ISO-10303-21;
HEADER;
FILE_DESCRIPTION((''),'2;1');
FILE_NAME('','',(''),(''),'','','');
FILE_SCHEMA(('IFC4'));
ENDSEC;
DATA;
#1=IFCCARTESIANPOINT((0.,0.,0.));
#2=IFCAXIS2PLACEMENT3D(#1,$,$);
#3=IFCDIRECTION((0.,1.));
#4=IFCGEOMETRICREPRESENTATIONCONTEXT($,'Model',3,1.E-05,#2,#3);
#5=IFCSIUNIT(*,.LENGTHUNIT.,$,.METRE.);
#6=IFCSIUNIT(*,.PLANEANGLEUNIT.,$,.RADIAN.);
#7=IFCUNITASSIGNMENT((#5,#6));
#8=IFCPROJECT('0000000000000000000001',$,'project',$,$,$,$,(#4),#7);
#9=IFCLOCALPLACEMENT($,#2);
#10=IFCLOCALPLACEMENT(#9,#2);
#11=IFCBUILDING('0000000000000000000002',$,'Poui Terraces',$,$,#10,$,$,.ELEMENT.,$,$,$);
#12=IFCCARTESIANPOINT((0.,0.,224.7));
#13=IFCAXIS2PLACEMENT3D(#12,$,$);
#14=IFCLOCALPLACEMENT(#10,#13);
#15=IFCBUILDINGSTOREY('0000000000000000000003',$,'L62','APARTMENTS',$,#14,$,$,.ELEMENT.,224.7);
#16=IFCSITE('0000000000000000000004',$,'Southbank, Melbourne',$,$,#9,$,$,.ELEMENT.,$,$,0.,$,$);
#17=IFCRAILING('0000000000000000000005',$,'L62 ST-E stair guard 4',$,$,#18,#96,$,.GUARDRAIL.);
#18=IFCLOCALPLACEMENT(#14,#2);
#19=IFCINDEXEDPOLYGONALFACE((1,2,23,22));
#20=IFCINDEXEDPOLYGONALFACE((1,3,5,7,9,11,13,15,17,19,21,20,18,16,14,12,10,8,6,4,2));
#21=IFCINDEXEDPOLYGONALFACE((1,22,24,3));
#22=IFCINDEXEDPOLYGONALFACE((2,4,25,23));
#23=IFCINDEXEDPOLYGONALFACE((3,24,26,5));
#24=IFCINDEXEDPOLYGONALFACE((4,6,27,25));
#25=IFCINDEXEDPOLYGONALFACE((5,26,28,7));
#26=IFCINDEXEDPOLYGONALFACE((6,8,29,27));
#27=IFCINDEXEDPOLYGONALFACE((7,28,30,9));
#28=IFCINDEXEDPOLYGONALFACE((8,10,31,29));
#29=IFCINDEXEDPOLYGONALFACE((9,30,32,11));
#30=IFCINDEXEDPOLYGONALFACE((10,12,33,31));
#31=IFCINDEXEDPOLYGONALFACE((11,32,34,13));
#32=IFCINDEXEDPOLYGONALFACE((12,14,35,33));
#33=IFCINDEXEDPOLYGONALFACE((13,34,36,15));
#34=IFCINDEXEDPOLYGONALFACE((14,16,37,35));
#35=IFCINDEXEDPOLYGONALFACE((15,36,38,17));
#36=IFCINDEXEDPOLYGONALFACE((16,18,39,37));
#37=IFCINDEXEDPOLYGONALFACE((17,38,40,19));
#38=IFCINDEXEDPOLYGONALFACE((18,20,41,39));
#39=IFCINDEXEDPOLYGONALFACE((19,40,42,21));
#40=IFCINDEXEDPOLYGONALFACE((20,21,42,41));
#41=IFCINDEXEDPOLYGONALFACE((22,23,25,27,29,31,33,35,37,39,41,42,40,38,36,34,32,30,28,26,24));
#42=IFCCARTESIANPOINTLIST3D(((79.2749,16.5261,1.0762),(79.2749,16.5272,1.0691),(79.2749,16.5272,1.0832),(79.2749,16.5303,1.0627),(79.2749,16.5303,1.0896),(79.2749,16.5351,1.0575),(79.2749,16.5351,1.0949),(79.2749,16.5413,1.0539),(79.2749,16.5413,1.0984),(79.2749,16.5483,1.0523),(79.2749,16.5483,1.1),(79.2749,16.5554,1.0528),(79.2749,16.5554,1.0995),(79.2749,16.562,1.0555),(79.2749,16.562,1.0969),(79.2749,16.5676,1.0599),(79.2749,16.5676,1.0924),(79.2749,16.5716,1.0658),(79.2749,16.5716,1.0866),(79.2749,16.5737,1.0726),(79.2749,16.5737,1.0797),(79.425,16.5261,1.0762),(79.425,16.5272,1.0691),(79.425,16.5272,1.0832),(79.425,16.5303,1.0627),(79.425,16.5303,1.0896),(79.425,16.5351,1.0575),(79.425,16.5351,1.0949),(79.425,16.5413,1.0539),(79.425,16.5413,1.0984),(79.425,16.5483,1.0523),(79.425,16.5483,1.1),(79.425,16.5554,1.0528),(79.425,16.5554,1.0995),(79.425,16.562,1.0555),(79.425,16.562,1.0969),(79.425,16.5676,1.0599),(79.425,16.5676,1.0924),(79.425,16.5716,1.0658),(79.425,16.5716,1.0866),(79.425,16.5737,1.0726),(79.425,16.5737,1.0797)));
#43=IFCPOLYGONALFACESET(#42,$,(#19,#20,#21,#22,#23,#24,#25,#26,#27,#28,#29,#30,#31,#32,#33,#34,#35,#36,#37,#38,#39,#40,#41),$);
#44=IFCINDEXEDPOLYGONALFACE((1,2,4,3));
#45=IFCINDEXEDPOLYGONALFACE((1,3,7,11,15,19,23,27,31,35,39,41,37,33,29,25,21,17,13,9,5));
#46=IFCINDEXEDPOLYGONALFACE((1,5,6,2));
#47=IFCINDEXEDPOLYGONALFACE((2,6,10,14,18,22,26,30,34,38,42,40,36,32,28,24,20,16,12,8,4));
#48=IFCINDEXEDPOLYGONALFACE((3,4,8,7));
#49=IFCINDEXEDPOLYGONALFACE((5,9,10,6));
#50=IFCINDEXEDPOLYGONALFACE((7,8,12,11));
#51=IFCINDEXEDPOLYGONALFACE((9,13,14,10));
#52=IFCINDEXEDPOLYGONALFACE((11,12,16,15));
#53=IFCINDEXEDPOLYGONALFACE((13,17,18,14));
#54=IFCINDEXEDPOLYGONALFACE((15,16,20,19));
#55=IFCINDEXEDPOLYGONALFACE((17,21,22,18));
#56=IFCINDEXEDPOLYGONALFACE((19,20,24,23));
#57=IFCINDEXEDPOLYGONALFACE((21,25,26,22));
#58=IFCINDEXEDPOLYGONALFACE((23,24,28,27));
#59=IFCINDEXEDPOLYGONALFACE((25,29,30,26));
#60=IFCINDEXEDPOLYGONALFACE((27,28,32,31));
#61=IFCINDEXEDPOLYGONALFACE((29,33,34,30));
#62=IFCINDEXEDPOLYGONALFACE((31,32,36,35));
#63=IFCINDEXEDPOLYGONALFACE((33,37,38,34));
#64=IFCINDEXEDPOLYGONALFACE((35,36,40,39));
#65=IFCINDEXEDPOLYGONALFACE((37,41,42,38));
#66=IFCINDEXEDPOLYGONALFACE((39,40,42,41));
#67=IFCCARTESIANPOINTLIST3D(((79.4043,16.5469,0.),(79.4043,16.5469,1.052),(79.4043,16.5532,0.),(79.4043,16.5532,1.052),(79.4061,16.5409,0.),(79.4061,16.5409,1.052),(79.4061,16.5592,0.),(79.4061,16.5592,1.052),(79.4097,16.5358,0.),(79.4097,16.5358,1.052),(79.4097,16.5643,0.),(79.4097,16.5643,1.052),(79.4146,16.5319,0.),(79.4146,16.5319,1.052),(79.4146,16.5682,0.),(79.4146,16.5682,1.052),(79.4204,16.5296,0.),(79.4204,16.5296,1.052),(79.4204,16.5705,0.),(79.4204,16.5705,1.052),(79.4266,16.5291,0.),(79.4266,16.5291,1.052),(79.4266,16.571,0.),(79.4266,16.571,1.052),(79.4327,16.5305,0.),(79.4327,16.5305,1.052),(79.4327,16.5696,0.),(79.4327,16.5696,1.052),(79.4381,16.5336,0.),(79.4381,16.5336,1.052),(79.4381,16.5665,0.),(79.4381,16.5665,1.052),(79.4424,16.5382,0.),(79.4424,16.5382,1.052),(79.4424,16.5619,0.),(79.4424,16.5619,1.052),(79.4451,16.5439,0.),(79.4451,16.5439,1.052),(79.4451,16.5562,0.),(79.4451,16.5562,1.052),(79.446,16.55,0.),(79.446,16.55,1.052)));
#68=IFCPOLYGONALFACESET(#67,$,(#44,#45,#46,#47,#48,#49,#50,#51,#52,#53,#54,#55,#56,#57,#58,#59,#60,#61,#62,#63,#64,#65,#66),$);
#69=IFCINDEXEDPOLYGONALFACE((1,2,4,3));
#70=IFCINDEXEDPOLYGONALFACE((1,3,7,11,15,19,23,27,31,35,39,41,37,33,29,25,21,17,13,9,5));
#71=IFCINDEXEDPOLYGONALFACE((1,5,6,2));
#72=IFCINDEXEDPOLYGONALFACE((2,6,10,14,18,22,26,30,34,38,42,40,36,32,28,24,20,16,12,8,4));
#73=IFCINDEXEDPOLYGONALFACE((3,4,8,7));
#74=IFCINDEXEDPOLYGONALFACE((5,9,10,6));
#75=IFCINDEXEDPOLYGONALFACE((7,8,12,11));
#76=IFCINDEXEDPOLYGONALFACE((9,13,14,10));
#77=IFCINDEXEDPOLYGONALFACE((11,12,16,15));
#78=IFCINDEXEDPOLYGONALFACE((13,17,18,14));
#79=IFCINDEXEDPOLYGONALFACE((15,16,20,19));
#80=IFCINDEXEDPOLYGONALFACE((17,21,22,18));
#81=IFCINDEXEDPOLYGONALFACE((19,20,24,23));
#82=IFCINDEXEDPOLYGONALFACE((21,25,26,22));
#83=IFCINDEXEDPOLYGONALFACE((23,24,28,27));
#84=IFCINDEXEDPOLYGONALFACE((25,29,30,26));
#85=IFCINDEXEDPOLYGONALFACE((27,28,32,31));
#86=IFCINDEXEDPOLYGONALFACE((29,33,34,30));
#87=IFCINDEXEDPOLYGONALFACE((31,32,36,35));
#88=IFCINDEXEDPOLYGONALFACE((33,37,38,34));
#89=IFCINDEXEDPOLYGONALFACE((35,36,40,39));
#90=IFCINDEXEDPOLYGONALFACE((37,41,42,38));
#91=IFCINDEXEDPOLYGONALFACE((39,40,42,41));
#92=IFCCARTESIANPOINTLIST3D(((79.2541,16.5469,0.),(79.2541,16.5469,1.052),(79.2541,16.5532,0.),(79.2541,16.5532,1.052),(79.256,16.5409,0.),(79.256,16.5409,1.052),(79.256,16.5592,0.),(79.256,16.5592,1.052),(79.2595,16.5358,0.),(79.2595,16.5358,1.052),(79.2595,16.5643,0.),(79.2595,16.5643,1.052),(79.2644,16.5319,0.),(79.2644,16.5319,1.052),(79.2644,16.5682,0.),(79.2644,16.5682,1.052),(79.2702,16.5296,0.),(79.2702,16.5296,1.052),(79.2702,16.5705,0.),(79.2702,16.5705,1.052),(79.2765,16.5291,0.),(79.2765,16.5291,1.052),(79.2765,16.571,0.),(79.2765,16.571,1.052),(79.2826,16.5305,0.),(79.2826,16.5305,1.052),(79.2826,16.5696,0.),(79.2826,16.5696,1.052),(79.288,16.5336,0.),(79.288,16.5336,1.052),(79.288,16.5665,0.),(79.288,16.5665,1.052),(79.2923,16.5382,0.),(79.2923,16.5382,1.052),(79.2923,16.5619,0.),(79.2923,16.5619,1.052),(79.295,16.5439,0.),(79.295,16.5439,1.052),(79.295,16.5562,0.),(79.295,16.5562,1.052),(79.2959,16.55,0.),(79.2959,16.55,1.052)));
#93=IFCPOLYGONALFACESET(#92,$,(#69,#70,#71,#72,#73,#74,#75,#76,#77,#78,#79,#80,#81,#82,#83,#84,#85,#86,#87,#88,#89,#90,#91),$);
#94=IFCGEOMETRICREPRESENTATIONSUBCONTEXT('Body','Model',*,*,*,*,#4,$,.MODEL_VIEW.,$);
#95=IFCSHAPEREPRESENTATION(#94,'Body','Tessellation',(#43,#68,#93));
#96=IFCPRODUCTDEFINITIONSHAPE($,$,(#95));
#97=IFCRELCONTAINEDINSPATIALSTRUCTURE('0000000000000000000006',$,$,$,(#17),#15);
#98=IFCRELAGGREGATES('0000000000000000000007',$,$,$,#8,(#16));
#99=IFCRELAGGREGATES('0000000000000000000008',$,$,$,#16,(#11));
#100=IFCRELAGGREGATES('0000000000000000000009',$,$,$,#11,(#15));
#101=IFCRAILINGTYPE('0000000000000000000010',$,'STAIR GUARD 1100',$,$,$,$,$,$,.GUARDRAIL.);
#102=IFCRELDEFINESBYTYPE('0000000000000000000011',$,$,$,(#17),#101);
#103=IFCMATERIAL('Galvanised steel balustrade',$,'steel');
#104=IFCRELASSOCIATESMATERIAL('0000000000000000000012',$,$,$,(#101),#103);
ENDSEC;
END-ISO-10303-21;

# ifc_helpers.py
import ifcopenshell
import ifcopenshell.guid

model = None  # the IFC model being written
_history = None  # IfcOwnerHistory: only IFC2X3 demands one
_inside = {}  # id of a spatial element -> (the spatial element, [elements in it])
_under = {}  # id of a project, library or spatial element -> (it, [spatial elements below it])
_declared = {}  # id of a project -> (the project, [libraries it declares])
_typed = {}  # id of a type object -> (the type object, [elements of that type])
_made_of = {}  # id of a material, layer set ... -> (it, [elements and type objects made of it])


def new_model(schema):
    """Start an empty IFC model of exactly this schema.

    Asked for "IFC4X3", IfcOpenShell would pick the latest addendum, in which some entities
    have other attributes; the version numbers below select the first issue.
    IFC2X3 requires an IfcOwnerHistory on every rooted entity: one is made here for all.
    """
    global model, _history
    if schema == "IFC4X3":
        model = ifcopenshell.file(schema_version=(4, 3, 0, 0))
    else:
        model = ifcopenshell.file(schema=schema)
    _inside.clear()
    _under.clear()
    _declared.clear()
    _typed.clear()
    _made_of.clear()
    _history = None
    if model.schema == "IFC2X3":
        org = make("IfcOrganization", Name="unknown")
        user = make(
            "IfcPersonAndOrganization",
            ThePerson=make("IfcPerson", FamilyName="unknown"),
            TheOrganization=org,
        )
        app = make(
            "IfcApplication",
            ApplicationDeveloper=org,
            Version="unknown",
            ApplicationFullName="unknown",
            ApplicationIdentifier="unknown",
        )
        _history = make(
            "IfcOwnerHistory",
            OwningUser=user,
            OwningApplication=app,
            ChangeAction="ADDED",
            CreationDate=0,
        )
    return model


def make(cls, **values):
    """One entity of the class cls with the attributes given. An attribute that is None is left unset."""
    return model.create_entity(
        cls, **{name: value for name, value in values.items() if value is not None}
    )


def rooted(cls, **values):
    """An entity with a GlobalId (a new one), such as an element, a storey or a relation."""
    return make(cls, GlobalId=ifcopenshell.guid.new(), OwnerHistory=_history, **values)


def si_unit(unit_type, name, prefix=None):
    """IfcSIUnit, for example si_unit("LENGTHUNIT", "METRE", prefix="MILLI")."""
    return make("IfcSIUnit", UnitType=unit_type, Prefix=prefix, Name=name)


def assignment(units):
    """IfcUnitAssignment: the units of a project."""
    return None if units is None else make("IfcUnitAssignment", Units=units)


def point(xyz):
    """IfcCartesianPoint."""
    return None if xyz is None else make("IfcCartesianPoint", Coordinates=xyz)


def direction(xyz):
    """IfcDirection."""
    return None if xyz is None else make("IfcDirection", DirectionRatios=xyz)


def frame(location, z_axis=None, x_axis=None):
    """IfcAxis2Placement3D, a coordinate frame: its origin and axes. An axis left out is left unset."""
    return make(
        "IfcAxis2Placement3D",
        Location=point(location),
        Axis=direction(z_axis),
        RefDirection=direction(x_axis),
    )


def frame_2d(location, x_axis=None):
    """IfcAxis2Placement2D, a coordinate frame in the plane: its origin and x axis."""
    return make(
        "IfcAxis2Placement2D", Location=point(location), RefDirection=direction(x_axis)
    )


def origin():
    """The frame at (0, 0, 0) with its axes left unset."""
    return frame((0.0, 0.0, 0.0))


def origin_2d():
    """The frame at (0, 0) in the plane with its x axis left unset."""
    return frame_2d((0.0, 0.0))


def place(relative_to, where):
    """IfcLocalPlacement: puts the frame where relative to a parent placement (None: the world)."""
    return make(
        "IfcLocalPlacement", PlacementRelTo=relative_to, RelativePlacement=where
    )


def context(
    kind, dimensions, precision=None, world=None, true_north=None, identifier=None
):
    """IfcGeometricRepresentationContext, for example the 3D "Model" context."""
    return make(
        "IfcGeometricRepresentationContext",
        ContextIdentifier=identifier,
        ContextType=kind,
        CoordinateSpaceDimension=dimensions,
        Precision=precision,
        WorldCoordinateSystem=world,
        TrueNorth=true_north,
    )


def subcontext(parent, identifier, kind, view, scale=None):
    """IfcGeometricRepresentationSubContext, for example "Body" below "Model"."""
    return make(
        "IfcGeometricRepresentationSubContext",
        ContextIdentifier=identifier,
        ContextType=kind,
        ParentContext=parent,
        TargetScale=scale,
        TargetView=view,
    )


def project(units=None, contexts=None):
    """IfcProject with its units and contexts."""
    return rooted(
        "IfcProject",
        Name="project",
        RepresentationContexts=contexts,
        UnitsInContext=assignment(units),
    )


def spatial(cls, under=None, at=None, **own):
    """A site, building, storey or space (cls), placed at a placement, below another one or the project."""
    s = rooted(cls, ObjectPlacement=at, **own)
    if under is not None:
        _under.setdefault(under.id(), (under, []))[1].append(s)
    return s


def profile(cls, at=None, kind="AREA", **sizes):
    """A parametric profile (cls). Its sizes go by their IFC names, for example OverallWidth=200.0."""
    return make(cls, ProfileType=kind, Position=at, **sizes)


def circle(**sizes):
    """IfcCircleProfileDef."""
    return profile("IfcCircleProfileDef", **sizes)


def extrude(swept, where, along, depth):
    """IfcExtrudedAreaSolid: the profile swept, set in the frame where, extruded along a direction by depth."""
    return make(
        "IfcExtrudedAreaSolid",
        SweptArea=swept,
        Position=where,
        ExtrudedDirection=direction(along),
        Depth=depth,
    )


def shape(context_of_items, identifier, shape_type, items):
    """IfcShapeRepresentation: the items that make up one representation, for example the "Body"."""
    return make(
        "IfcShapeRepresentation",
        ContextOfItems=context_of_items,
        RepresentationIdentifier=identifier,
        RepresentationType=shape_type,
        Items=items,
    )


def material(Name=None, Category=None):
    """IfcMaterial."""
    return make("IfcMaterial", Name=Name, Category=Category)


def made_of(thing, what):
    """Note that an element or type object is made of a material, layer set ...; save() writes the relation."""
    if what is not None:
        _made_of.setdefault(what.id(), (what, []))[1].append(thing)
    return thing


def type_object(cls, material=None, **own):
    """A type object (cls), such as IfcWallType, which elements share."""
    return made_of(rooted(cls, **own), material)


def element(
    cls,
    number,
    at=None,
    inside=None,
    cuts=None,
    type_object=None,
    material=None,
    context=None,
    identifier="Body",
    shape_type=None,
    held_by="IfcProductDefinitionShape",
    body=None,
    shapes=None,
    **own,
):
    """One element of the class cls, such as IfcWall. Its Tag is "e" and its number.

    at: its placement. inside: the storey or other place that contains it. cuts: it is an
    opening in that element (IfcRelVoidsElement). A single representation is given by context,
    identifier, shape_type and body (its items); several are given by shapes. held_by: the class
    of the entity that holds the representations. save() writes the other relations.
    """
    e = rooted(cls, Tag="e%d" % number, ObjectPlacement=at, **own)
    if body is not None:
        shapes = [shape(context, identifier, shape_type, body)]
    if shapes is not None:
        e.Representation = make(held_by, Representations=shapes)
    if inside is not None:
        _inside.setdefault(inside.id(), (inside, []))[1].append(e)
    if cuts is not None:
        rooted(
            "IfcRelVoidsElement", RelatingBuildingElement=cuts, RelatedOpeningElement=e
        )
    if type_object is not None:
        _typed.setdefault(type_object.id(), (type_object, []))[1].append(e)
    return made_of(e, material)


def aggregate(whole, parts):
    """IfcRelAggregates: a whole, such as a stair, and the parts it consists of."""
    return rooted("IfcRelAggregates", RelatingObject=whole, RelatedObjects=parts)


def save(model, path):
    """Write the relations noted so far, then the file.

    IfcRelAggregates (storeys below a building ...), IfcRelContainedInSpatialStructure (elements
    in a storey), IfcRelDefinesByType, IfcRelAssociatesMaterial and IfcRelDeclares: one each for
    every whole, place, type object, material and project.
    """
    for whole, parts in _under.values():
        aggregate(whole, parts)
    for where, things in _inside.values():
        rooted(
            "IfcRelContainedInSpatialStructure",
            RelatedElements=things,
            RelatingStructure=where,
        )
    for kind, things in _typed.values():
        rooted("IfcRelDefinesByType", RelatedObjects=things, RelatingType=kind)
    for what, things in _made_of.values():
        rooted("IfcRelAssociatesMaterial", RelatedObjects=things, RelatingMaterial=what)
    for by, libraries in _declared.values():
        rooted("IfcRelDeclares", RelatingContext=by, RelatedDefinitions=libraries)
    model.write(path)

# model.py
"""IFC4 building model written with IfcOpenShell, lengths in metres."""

from ifc_helpers import new_model, si_unit, direction, frame, origin, origin_2d, place, context, subcontext, project, spatial, circle, extrude, material, type_object, element, save


model = new_model("IFC4")

# Units and contexts
model_context = context("Model", 3, precision=1e-05, world=origin(), true_north=direction((0.0, 1.0)))
body_context = subcontext(model_context, "Body", "Model", "MODEL_VIEW")
ifc_project = project(units=[si_unit("LENGTHUNIT", "METRE"), si_unit("PLANEANGLEUNIT", "RADIAN")], contexts=[model_context])

# Site, building, storey
site_placement = place(None, origin())
site = spatial("IfcSite", under=ifc_project, at=site_placement, Name="Southbank, Melbourne", CompositionType="ELEMENT", RefElevation=0.0)
building_placement = place(site_placement, origin())
building = spatial("IfcBuilding", under=site, at=building_placement, Name="Poui Terraces", CompositionType="ELEMENT")
storey_placement = place(building_placement, frame((0.0, 0.0, 224.7)))
storey = spatial("IfcBuildingStorey", under=building, at=storey_placement, Name="L62", Description="APARTMENTS", CompositionType="ELEMENT", Elevation=224.7)

# Railing
ifc_material_1 = material(Name="Galvanised steel balustrade", Category="steel")
railing_type_1 = type_object("IfcRailingType", Name="STAIR GUARD 1100", PredefinedType="GUARDRAIL", material=ifc_material_1)
railing_1_placement = place(storey_placement, frame((79.425, 16.55, 0.0)))
element("IfcRailing", 1, at=railing_1_placement, inside=storey, type_object=railing_type_1, Name="L62 ST-E stair guard 4", PredefinedType="GUARDRAIL", context=body_context, shape_type="SweptSolid", body=[
    extrude(circle(Radius=0.0239, at=origin_2d()), frame((0.0, 0.0, 1.0762), z_axis=(-1.0, 0.0, 0.0), x_axis=(0.0, -1.0, 0.0)), (0.0, 0.0, 1.0), 0.1501),
    extrude(circle(Radius=0.021, at=origin_2d()), origin(), (0.0, 0.0, 1.0), 1.052),
    extrude(circle(Radius=0.021, at=origin_2d()), frame((-0.1501, 0.0, 0.0)), (0.0, 0.0, 1.0), 1.052),
])

save(model, "model.ifc")
